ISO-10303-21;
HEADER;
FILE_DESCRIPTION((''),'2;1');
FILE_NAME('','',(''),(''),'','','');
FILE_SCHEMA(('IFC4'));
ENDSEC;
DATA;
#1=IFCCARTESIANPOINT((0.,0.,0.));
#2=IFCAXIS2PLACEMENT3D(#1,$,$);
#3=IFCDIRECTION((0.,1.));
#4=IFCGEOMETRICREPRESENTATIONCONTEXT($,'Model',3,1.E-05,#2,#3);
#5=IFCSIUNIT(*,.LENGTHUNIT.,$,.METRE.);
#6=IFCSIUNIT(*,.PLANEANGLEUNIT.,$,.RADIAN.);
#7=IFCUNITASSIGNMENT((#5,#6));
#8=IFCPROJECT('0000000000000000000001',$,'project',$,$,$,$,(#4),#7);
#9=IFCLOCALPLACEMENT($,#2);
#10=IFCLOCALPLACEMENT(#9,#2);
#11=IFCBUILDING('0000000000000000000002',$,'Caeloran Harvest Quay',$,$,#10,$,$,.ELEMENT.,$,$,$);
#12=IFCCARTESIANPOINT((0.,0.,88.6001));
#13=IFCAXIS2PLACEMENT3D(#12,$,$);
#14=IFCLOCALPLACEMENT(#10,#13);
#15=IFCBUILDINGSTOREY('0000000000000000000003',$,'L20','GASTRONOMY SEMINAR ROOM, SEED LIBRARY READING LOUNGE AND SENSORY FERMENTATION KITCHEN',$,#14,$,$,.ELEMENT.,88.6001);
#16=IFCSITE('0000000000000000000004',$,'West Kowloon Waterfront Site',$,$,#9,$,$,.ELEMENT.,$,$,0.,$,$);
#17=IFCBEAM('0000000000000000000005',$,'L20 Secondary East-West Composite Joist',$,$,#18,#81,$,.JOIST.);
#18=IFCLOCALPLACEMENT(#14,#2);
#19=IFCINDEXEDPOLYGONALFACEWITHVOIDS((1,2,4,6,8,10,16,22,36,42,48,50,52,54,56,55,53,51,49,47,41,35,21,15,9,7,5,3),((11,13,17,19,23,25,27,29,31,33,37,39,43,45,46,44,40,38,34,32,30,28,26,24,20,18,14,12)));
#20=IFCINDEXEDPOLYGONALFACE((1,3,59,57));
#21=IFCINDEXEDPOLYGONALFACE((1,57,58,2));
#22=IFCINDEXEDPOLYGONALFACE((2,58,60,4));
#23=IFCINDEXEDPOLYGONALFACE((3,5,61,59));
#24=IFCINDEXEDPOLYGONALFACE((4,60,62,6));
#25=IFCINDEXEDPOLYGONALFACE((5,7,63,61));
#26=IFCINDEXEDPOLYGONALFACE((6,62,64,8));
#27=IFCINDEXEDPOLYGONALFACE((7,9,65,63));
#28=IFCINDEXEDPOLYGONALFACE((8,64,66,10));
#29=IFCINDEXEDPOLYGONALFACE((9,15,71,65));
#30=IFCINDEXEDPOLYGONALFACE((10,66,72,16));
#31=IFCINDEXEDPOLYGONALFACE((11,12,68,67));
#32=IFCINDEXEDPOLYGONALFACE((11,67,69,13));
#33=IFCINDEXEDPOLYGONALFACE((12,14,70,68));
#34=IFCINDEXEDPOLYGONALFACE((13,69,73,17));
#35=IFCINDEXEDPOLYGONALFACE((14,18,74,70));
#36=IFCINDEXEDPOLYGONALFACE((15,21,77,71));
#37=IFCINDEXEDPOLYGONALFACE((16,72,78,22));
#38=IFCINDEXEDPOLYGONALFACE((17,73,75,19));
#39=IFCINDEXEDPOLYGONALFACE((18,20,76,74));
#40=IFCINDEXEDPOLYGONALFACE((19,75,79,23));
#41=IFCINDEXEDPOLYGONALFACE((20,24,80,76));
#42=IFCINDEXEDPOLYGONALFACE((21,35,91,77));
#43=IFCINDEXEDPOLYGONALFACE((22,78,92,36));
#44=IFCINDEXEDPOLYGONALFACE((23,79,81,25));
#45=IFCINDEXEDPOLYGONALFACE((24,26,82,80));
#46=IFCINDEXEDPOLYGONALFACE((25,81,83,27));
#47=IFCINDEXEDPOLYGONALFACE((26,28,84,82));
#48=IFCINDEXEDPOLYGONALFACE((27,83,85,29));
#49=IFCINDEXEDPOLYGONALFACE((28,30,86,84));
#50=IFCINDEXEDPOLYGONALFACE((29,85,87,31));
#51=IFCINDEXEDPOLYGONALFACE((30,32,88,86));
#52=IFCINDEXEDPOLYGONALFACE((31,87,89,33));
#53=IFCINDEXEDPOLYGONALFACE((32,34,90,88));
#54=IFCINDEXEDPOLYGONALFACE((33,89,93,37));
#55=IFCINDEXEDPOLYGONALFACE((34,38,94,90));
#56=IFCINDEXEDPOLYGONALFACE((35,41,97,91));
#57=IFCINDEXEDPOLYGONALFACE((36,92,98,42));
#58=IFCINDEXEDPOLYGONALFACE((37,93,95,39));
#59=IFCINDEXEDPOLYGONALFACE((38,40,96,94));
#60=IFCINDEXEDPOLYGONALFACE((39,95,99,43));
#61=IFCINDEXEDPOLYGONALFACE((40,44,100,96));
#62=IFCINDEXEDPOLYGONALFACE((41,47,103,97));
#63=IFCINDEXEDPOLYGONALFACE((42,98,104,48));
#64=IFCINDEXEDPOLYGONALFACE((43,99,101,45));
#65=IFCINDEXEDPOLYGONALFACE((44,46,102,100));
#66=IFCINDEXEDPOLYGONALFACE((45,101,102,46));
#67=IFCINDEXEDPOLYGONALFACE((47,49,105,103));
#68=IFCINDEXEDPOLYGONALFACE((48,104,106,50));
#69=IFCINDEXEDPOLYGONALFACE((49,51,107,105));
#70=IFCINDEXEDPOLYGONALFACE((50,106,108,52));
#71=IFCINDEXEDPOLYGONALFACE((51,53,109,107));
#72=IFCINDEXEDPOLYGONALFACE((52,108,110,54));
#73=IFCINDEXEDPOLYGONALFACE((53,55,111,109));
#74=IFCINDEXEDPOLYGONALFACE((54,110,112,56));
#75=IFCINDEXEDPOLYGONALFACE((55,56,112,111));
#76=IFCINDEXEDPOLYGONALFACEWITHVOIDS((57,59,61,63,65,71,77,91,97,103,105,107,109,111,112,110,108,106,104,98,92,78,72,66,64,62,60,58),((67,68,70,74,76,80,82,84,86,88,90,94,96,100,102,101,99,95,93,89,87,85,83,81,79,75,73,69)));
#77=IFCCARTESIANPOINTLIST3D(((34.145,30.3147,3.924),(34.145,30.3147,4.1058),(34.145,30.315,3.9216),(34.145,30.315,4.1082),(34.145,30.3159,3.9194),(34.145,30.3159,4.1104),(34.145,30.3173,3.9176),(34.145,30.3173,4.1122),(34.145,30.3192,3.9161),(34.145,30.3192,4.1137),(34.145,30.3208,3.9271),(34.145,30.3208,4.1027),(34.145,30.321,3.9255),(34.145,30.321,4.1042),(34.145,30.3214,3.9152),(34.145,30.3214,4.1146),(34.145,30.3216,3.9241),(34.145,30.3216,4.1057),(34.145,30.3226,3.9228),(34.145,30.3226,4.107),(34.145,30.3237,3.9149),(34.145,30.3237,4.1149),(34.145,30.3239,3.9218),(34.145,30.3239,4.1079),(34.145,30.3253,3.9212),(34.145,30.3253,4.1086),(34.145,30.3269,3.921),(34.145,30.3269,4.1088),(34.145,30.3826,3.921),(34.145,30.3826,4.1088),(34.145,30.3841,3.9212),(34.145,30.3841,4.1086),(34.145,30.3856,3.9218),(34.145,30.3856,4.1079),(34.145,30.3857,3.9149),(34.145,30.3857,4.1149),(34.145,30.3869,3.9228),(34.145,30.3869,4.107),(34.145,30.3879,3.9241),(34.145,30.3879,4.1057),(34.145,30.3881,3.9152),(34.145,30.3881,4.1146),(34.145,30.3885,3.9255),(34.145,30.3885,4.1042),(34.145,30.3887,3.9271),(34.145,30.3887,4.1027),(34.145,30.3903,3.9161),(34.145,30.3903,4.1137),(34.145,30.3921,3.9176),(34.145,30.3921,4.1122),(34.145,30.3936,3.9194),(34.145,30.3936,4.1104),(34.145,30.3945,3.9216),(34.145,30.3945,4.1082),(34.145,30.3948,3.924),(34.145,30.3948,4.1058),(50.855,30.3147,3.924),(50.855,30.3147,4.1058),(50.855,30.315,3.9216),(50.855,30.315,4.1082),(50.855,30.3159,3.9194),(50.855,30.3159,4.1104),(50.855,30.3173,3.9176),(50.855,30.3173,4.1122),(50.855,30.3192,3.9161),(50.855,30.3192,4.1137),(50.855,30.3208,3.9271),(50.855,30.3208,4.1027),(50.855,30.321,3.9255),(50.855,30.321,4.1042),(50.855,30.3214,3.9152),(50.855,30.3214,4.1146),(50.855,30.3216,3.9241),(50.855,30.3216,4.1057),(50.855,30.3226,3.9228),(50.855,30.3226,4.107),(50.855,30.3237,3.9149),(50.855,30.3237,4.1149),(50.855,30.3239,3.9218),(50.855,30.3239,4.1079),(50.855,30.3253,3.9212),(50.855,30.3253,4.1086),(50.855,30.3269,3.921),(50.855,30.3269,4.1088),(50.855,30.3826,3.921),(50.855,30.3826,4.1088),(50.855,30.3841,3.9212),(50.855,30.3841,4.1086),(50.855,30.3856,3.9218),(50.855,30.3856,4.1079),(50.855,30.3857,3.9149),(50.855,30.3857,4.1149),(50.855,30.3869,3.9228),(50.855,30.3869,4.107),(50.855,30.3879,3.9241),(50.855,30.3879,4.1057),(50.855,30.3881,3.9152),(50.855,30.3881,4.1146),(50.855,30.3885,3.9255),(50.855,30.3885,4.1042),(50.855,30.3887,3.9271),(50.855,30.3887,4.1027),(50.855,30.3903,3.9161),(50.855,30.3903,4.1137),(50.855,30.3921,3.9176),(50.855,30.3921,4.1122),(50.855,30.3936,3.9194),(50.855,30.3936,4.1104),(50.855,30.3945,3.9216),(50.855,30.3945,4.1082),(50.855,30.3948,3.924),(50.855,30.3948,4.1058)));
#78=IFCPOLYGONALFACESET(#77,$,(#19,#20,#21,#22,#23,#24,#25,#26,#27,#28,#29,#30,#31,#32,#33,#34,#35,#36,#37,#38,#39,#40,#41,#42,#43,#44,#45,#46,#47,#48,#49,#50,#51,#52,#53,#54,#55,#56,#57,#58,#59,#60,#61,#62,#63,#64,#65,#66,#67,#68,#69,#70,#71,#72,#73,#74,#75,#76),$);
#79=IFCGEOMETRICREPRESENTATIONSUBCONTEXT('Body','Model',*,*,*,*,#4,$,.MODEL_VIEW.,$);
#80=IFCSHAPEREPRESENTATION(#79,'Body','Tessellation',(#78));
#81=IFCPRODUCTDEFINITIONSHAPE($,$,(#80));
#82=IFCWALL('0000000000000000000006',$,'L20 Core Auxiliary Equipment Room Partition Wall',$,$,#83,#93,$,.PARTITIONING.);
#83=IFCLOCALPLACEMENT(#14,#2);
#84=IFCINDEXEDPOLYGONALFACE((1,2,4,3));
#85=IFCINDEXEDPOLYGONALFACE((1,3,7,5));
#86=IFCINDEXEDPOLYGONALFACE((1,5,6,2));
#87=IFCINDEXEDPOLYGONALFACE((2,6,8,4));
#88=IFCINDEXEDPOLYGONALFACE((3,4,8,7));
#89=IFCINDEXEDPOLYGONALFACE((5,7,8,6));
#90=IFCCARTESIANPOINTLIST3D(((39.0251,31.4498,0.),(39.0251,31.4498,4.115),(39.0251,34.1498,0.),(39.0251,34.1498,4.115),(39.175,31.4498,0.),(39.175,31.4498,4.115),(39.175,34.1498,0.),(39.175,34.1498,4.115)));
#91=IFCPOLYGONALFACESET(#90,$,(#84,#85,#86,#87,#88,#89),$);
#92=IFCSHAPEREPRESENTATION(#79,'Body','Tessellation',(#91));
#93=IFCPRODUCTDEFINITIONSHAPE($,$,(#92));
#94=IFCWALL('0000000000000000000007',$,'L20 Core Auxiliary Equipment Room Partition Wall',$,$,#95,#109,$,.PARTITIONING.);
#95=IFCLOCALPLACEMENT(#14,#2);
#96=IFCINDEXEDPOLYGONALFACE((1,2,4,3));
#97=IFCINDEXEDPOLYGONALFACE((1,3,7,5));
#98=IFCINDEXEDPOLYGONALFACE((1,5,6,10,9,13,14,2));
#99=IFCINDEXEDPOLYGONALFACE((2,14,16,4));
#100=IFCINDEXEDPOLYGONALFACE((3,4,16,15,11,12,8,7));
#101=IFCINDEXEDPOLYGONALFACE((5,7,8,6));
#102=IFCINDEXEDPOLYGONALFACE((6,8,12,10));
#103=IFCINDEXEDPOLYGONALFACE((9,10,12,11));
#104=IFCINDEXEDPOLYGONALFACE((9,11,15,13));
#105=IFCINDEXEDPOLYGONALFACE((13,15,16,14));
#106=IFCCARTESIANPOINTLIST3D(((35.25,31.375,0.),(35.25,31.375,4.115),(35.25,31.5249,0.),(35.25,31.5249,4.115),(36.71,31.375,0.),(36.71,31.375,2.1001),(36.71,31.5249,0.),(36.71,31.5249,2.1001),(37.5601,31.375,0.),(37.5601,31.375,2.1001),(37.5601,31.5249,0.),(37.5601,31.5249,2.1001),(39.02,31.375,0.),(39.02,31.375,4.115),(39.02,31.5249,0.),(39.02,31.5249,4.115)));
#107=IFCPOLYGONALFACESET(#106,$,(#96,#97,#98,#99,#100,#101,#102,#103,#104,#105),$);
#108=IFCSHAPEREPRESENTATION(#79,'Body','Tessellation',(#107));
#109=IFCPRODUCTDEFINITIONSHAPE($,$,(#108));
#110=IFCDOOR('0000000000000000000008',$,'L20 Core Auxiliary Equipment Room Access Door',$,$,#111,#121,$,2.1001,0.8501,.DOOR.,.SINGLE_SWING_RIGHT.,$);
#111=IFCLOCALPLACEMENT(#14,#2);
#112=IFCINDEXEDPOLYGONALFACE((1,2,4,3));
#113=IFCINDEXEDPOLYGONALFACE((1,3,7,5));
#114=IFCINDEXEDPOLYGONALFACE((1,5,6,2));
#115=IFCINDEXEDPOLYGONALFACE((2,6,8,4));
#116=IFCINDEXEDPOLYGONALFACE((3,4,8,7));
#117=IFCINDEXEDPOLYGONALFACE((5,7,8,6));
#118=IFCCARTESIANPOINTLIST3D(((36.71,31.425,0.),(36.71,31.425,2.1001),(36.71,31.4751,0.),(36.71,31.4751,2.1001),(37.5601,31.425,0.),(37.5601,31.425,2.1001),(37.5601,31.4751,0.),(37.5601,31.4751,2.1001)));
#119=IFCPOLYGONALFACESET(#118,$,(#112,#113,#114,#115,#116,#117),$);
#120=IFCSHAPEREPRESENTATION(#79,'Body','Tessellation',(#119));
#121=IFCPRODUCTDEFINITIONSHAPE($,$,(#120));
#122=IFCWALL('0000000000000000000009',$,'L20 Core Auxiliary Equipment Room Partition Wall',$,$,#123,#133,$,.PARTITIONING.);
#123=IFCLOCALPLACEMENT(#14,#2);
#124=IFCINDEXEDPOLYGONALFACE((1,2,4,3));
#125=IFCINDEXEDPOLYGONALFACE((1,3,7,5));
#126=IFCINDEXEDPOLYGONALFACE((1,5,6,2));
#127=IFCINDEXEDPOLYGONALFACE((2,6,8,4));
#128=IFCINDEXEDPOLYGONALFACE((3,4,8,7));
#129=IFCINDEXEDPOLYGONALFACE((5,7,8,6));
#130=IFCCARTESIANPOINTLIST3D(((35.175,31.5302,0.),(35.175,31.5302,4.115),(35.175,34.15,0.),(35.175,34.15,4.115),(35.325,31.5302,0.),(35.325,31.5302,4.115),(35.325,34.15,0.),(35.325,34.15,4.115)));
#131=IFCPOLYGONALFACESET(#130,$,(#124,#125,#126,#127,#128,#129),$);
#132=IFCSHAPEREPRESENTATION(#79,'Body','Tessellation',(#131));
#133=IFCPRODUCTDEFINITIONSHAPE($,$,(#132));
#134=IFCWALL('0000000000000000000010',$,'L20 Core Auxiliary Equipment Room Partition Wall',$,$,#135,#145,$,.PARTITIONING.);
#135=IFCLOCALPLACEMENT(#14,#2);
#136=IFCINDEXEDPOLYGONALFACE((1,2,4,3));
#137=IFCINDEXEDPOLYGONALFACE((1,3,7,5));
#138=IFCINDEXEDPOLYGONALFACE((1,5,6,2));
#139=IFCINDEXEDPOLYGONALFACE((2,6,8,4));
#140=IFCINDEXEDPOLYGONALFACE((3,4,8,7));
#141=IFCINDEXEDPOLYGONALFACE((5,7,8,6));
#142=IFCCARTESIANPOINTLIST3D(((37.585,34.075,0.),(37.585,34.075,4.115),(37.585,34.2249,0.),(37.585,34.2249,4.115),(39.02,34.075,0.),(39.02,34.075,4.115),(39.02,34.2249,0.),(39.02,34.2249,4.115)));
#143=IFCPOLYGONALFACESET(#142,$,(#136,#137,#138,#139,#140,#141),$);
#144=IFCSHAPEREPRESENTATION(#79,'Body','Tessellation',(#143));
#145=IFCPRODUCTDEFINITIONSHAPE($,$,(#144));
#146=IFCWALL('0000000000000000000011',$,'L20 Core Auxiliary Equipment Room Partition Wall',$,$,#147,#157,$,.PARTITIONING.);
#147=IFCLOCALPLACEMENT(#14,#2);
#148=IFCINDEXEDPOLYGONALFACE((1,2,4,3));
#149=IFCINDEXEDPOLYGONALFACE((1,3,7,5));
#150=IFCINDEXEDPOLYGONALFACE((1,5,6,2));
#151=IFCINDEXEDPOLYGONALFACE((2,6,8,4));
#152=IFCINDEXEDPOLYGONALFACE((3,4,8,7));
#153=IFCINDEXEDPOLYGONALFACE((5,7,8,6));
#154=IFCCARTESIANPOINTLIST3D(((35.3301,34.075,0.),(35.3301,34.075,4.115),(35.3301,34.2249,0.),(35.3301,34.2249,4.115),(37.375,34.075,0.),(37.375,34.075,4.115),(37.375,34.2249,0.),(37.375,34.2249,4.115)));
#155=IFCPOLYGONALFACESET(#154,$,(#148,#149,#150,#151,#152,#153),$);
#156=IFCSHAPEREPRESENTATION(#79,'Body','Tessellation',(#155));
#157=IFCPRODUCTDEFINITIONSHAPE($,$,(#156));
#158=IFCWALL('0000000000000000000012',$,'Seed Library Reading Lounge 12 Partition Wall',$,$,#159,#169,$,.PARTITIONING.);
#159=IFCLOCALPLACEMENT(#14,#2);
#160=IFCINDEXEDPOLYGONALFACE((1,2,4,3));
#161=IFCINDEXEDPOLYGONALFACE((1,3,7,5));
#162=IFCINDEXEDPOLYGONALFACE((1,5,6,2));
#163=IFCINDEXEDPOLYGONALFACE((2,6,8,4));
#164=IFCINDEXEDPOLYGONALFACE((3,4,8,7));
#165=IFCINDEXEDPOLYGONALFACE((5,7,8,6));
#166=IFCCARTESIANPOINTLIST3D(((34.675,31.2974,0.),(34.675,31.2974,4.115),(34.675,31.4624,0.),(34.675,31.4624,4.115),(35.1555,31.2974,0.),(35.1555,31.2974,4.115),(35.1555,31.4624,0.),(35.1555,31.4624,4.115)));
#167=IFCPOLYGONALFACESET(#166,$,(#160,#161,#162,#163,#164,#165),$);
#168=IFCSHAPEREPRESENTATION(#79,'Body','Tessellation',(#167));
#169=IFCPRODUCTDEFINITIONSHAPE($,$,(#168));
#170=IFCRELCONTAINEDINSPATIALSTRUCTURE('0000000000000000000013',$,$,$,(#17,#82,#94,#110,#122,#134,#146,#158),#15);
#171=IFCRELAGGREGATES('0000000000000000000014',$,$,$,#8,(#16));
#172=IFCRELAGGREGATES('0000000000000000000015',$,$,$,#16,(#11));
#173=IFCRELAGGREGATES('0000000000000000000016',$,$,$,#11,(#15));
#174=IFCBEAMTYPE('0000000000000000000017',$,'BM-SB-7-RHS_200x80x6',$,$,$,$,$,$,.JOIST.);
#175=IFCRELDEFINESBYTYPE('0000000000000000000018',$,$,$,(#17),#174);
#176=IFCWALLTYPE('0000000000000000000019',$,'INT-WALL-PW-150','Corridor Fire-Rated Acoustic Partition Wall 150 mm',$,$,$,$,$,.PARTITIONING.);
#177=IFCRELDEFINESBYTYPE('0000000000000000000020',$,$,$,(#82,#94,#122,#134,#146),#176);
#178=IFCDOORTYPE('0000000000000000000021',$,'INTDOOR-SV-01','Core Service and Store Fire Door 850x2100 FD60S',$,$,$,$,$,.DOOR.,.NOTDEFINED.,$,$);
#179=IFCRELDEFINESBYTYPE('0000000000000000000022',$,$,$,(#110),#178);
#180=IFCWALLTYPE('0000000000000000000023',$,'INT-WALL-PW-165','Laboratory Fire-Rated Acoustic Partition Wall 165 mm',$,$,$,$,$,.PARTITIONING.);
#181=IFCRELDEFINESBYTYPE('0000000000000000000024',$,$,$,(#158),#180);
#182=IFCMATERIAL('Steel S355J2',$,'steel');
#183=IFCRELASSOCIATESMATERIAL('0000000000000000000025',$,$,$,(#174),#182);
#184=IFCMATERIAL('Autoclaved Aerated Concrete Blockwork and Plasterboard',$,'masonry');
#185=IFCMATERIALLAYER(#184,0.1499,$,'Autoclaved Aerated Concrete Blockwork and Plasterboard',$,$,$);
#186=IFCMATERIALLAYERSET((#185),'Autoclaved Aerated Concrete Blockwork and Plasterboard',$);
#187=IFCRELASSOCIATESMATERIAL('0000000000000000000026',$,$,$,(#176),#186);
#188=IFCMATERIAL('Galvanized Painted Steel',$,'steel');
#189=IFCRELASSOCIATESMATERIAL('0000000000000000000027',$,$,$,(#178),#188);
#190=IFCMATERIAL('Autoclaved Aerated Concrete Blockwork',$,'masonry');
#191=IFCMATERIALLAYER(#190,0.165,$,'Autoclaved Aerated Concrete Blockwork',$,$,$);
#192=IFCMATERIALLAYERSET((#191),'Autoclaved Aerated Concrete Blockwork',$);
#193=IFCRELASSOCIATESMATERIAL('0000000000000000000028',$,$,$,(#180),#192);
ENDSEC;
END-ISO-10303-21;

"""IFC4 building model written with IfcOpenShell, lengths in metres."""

from ifc_helpers import new_model, si_unit, direction, frame, frame_2d, origin, origin_2d, place, context, subcontext, project, spatial, rectangle, hollow_rectangle, extrude, material, layer, layer_set, material_profile, profile_set, type_object, element, fill, save


model = new_model("IFC4")

# Units and contexts
model_context = context("Model", 3, precision=1e-05, world=origin(), true_north=direction((0.0, 1.0)))
body_context = subcontext(model_context, "Body", "Model", "MODEL_VIEW")
ifc_project = project(units=[si_unit("LENGTHUNIT", "METRE"), si_unit("PLANEANGLEUNIT", "RADIAN")], contexts=[model_context])

# Site, building, storey
site_placement = place(None, origin())
site = spatial("IfcSite", under=ifc_project, at=site_placement, Name="West Kowloon Waterfront Site", CompositionType="ELEMENT", RefElevation=0.0)
building_placement = place(site_placement, origin())
building = spatial("IfcBuilding", under=site, at=building_placement, Name="Caeloran Harvest Quay", CompositionType="ELEMENT")
storey_placement = place(building_placement, frame((0.0, 0.0, 88.6001)))
storey = spatial("IfcBuildingStorey", under=building, at=storey_placement, Name="L20", Description="GASTRONOMY SEMINAR ROOM, SEED LIBRARY READING LOUNGE AND SENSORY FERMENTATION KITCHEN", CompositionType="ELEMENT", Elevation=88.6001)

# Beam
ifc_material_1 = material(Name="Steel S355J2", Category="steel")
ifc_material_profile_1 = material_profile(ifc_material_1, hollow_rectangle(XDim=0.0801, YDim=0.2, WallThickness=0.0061, InnerFilletRadius=0.0061, OuterFilletRadius=0.009, at=origin_2d()), Name="RHS 200x80x6")
ifc_profile_set_1 = profile_set([ifc_material_profile_1], Name="Steel S355J2")
beam_type_1 = type_object("IfcBeamType", Name="BM-SB-7-RHS_200x80x6", PredefinedType="JOIST", material=ifc_profile_set_1)
for number, where, z_axis, x_axis, name in (
    (1, (34.145, 30.3547, 4.0149), (1.0, 0.0, 0.0), (0.0, 1.0, 0.0), "L20 Secondary East-West Composite Joist"),
):
    element("IfcBeam", number, at=place(storey_placement, frame(where, z_axis=z_axis, x_axis=x_axis)), inside=storey, type_object=beam_type_1, Name=name, PredefinedType="JOIST", context=body_context, shape_type="SweptSolid", body=[
        extrude(hollow_rectangle(XDim=0.0801, YDim=0.2, WallThickness=0.0061, InnerFilletRadius=0.0061, OuterFilletRadius=0.009, at=origin_2d()), origin(), (0.0, 0.0, 1.0), 16.71),
    ])

# Wall
ifc_material_2 = material(Name="Autoclaved Aerated Concrete Blockwork and Plasterboard", Category="masonry")
ifc_layer_1 = layer(ifc_material_2, 0.1499, Name="Autoclaved Aerated Concrete Blockwork and Plasterboard")
ifc_layer_set_1 = layer_set([ifc_layer_1], Name="Autoclaved Aerated Concrete Blockwork and Plasterboard")
wall_type_1 = type_object("IfcWallType", Name="INT-WALL-PW-150", Description="Corridor Fire-Rated Acoustic Partition Wall 150 mm", PredefinedType="PARTITIONING", material=ifc_layer_set_1)
wall_1_placement = place(storey_placement, frame((39.1001, 34.1499, 0.0), z_axis=(0.0, 0.0, 1.0), x_axis=(0.0, -1.0, 0.0)))
element("IfcWall", 2, at=wall_1_placement, inside=storey, type_object=wall_type_1, Name="L20 Core Auxiliary Equipment Room Partition Wall", PredefinedType="PARTITIONING", context=body_context, shape_type="SweptSolid", body=[
    extrude(rectangle(XDim=2.7, YDim=0.1499, at=frame_2d((1.3501, 0.0))), origin(), (0.0, 0.0, 1.0), 4.115),
])

# Wall, opening, door
wall_2_placement = place(storey_placement, frame((39.02, 31.45, 0.0), z_axis=(0.0, 0.0, 1.0), x_axis=(-1.0, 0.0, 0.0)))
wall_2 = element("IfcWall", 3, at=wall_2_placement, inside=storey, type_object=wall_type_1, Name="L20 Core Auxiliary Equipment Room Partition Wall", PredefinedType="PARTITIONING", context=body_context, shape_type="SweptSolid", body=[
    extrude(rectangle(XDim=3.77, YDim=0.1499, at=frame_2d((1.885, 0.0))), origin(), (0.0, 0.0, 1.0), 4.115),
])
opening_1_placement = place(wall_2_placement, frame((1.46, 0.0, 0.0)))
opening_1 = element("IfcOpeningElement", 4, at=opening_1_placement, cuts=wall_2, PredefinedType="OPENING", context=body_context, shape_type="SweptSolid", body=[
    extrude(rectangle(XDim=0.8501, YDim=2.1001, at=frame_2d((0.425, 1.05))), frame((0.0, 0.085, 0.0), z_axis=(0.0, -1.0, 0.0), x_axis=(1.0, 0.0, 0.0)), (0.0, 0.0, 1.0), 0.1699),
])
ifc_material_3 = material(Name="Galvanized Painted Steel", Category="steel")
door_type_1 = type_object("IfcDoorType", Name="INTDOOR-SV-01", Description="Core Service and Store Fire Door 850x2100 FD60S", OperationType="NOTDEFINED", PredefinedType="DOOR", material=ifc_material_3)
door_1_placement = place(opening_1_placement, origin())
door_1 = element("IfcDoor", 5, at=door_1_placement, inside=storey, type_object=door_type_1, Name="L20 Core Auxiliary Equipment Room Access Door", OperationType="SINGLE_SWING_RIGHT", OverallHeight=2.1001, OverallWidth=0.8501, PredefinedType="DOOR", context=body_context, shape_type="SweptSolid", body=[
    extrude(rectangle(XDim=0.8501, YDim=2.1001, at=frame_2d((0.425, 1.05))), frame((0.0, 0.0249, 0.0), z_axis=(0.0, -1.0, 0.0), x_axis=(1.0, 0.0, 0.0)), (0.0, 0.0, 1.0), 0.05),
])
fill(opening_1, door_1)

# Walls
wall_3_placement = place(storey_placement, frame((35.25, 31.53, 0.0), z_axis=(0.0, 0.0, 1.0), x_axis=(0.0, 1.0, 0.0)))
element("IfcWall", 6, at=wall_3_placement, inside=storey, type_object=wall_type_1, Name="L20 Core Auxiliary Equipment Room Partition Wall", PredefinedType="PARTITIONING", context=body_context, shape_type="SweptSolid", body=[
    extrude(rectangle(XDim=2.6199, YDim=0.1499, at=frame_2d((1.3101, 0.0))), origin(), (0.0, 0.0, 1.0), 4.115),
])
wall_4_placement = place(storey_placement, frame((37.585, 34.1499, 0.0), z_axis=(0.0, 0.0, 1.0), x_axis=(1.0, 0.0, 0.0)))
element("IfcWall", 7, at=wall_4_placement, inside=storey, type_object=wall_type_1, Name="L20 Core Auxiliary Equipment Room Partition Wall", PredefinedType="PARTITIONING", context=body_context, shape_type="SweptSolid", body=[
    extrude(rectangle(XDim=1.4351, YDim=0.1499, at=frame_2d((0.7175, 0.0))), origin(), (0.0, 0.0, 1.0), 4.115),
])
wall_5_placement = place(storey_placement, frame((35.3301, 34.1499, 0.0), z_axis=(0.0, 0.0, 1.0), x_axis=(1.0, 0.0, 0.0)))
element("IfcWall", 8, at=wall_5_placement, inside=storey, type_object=wall_type_1, Name="L20 Core Auxiliary Equipment Room Partition Wall", PredefinedType="PARTITIONING", context=body_context, shape_type="SweptSolid", body=[
    extrude(rectangle(XDim=2.0449, YDim=0.1499, at=frame_2d((1.0225, 0.0))), origin(), (0.0, 0.0, 1.0), 4.115),
])

# Shared definitions
ifc_material_4 = material(Name="Autoclaved Aerated Concrete Blockwork", Category="masonry")
ifc_layer_2 = layer(ifc_material_4, 0.165, Name="Autoclaved Aerated Concrete Blockwork")
ifc_layer_set_2 = layer_set([ifc_layer_2], Name="Autoclaved Aerated Concrete Blockwork")
wall_type_2 = type_object("IfcWallType", Name="INT-WALL-PW-165", Description="Laboratory Fire-Rated Acoustic Partition Wall 165 mm", PredefinedType="PARTITIONING", material=ifc_layer_set_2)

# Wall
wall_6_placement = place(storey_placement, frame((35.1555, 31.3799, 0.0), z_axis=(0.0, 0.0, 1.0), x_axis=(-1.0, 0.0, 0.0)))
element("IfcWall", 9, at=wall_6_placement, inside=storey, type_object=wall_type_2, Name="Seed Library Reading Lounge 12 Partition Wall", PredefinedType="PARTITIONING", context=body_context, shape_type="SweptSolid", body=[
    extrude(rectangle(XDim=0.4805, YDim=0.165, at=frame_2d((0.2402, 0.0))), origin(), (0.0, 0.0, 1.0), 4.115),
])

save(model, "model.ifc")
